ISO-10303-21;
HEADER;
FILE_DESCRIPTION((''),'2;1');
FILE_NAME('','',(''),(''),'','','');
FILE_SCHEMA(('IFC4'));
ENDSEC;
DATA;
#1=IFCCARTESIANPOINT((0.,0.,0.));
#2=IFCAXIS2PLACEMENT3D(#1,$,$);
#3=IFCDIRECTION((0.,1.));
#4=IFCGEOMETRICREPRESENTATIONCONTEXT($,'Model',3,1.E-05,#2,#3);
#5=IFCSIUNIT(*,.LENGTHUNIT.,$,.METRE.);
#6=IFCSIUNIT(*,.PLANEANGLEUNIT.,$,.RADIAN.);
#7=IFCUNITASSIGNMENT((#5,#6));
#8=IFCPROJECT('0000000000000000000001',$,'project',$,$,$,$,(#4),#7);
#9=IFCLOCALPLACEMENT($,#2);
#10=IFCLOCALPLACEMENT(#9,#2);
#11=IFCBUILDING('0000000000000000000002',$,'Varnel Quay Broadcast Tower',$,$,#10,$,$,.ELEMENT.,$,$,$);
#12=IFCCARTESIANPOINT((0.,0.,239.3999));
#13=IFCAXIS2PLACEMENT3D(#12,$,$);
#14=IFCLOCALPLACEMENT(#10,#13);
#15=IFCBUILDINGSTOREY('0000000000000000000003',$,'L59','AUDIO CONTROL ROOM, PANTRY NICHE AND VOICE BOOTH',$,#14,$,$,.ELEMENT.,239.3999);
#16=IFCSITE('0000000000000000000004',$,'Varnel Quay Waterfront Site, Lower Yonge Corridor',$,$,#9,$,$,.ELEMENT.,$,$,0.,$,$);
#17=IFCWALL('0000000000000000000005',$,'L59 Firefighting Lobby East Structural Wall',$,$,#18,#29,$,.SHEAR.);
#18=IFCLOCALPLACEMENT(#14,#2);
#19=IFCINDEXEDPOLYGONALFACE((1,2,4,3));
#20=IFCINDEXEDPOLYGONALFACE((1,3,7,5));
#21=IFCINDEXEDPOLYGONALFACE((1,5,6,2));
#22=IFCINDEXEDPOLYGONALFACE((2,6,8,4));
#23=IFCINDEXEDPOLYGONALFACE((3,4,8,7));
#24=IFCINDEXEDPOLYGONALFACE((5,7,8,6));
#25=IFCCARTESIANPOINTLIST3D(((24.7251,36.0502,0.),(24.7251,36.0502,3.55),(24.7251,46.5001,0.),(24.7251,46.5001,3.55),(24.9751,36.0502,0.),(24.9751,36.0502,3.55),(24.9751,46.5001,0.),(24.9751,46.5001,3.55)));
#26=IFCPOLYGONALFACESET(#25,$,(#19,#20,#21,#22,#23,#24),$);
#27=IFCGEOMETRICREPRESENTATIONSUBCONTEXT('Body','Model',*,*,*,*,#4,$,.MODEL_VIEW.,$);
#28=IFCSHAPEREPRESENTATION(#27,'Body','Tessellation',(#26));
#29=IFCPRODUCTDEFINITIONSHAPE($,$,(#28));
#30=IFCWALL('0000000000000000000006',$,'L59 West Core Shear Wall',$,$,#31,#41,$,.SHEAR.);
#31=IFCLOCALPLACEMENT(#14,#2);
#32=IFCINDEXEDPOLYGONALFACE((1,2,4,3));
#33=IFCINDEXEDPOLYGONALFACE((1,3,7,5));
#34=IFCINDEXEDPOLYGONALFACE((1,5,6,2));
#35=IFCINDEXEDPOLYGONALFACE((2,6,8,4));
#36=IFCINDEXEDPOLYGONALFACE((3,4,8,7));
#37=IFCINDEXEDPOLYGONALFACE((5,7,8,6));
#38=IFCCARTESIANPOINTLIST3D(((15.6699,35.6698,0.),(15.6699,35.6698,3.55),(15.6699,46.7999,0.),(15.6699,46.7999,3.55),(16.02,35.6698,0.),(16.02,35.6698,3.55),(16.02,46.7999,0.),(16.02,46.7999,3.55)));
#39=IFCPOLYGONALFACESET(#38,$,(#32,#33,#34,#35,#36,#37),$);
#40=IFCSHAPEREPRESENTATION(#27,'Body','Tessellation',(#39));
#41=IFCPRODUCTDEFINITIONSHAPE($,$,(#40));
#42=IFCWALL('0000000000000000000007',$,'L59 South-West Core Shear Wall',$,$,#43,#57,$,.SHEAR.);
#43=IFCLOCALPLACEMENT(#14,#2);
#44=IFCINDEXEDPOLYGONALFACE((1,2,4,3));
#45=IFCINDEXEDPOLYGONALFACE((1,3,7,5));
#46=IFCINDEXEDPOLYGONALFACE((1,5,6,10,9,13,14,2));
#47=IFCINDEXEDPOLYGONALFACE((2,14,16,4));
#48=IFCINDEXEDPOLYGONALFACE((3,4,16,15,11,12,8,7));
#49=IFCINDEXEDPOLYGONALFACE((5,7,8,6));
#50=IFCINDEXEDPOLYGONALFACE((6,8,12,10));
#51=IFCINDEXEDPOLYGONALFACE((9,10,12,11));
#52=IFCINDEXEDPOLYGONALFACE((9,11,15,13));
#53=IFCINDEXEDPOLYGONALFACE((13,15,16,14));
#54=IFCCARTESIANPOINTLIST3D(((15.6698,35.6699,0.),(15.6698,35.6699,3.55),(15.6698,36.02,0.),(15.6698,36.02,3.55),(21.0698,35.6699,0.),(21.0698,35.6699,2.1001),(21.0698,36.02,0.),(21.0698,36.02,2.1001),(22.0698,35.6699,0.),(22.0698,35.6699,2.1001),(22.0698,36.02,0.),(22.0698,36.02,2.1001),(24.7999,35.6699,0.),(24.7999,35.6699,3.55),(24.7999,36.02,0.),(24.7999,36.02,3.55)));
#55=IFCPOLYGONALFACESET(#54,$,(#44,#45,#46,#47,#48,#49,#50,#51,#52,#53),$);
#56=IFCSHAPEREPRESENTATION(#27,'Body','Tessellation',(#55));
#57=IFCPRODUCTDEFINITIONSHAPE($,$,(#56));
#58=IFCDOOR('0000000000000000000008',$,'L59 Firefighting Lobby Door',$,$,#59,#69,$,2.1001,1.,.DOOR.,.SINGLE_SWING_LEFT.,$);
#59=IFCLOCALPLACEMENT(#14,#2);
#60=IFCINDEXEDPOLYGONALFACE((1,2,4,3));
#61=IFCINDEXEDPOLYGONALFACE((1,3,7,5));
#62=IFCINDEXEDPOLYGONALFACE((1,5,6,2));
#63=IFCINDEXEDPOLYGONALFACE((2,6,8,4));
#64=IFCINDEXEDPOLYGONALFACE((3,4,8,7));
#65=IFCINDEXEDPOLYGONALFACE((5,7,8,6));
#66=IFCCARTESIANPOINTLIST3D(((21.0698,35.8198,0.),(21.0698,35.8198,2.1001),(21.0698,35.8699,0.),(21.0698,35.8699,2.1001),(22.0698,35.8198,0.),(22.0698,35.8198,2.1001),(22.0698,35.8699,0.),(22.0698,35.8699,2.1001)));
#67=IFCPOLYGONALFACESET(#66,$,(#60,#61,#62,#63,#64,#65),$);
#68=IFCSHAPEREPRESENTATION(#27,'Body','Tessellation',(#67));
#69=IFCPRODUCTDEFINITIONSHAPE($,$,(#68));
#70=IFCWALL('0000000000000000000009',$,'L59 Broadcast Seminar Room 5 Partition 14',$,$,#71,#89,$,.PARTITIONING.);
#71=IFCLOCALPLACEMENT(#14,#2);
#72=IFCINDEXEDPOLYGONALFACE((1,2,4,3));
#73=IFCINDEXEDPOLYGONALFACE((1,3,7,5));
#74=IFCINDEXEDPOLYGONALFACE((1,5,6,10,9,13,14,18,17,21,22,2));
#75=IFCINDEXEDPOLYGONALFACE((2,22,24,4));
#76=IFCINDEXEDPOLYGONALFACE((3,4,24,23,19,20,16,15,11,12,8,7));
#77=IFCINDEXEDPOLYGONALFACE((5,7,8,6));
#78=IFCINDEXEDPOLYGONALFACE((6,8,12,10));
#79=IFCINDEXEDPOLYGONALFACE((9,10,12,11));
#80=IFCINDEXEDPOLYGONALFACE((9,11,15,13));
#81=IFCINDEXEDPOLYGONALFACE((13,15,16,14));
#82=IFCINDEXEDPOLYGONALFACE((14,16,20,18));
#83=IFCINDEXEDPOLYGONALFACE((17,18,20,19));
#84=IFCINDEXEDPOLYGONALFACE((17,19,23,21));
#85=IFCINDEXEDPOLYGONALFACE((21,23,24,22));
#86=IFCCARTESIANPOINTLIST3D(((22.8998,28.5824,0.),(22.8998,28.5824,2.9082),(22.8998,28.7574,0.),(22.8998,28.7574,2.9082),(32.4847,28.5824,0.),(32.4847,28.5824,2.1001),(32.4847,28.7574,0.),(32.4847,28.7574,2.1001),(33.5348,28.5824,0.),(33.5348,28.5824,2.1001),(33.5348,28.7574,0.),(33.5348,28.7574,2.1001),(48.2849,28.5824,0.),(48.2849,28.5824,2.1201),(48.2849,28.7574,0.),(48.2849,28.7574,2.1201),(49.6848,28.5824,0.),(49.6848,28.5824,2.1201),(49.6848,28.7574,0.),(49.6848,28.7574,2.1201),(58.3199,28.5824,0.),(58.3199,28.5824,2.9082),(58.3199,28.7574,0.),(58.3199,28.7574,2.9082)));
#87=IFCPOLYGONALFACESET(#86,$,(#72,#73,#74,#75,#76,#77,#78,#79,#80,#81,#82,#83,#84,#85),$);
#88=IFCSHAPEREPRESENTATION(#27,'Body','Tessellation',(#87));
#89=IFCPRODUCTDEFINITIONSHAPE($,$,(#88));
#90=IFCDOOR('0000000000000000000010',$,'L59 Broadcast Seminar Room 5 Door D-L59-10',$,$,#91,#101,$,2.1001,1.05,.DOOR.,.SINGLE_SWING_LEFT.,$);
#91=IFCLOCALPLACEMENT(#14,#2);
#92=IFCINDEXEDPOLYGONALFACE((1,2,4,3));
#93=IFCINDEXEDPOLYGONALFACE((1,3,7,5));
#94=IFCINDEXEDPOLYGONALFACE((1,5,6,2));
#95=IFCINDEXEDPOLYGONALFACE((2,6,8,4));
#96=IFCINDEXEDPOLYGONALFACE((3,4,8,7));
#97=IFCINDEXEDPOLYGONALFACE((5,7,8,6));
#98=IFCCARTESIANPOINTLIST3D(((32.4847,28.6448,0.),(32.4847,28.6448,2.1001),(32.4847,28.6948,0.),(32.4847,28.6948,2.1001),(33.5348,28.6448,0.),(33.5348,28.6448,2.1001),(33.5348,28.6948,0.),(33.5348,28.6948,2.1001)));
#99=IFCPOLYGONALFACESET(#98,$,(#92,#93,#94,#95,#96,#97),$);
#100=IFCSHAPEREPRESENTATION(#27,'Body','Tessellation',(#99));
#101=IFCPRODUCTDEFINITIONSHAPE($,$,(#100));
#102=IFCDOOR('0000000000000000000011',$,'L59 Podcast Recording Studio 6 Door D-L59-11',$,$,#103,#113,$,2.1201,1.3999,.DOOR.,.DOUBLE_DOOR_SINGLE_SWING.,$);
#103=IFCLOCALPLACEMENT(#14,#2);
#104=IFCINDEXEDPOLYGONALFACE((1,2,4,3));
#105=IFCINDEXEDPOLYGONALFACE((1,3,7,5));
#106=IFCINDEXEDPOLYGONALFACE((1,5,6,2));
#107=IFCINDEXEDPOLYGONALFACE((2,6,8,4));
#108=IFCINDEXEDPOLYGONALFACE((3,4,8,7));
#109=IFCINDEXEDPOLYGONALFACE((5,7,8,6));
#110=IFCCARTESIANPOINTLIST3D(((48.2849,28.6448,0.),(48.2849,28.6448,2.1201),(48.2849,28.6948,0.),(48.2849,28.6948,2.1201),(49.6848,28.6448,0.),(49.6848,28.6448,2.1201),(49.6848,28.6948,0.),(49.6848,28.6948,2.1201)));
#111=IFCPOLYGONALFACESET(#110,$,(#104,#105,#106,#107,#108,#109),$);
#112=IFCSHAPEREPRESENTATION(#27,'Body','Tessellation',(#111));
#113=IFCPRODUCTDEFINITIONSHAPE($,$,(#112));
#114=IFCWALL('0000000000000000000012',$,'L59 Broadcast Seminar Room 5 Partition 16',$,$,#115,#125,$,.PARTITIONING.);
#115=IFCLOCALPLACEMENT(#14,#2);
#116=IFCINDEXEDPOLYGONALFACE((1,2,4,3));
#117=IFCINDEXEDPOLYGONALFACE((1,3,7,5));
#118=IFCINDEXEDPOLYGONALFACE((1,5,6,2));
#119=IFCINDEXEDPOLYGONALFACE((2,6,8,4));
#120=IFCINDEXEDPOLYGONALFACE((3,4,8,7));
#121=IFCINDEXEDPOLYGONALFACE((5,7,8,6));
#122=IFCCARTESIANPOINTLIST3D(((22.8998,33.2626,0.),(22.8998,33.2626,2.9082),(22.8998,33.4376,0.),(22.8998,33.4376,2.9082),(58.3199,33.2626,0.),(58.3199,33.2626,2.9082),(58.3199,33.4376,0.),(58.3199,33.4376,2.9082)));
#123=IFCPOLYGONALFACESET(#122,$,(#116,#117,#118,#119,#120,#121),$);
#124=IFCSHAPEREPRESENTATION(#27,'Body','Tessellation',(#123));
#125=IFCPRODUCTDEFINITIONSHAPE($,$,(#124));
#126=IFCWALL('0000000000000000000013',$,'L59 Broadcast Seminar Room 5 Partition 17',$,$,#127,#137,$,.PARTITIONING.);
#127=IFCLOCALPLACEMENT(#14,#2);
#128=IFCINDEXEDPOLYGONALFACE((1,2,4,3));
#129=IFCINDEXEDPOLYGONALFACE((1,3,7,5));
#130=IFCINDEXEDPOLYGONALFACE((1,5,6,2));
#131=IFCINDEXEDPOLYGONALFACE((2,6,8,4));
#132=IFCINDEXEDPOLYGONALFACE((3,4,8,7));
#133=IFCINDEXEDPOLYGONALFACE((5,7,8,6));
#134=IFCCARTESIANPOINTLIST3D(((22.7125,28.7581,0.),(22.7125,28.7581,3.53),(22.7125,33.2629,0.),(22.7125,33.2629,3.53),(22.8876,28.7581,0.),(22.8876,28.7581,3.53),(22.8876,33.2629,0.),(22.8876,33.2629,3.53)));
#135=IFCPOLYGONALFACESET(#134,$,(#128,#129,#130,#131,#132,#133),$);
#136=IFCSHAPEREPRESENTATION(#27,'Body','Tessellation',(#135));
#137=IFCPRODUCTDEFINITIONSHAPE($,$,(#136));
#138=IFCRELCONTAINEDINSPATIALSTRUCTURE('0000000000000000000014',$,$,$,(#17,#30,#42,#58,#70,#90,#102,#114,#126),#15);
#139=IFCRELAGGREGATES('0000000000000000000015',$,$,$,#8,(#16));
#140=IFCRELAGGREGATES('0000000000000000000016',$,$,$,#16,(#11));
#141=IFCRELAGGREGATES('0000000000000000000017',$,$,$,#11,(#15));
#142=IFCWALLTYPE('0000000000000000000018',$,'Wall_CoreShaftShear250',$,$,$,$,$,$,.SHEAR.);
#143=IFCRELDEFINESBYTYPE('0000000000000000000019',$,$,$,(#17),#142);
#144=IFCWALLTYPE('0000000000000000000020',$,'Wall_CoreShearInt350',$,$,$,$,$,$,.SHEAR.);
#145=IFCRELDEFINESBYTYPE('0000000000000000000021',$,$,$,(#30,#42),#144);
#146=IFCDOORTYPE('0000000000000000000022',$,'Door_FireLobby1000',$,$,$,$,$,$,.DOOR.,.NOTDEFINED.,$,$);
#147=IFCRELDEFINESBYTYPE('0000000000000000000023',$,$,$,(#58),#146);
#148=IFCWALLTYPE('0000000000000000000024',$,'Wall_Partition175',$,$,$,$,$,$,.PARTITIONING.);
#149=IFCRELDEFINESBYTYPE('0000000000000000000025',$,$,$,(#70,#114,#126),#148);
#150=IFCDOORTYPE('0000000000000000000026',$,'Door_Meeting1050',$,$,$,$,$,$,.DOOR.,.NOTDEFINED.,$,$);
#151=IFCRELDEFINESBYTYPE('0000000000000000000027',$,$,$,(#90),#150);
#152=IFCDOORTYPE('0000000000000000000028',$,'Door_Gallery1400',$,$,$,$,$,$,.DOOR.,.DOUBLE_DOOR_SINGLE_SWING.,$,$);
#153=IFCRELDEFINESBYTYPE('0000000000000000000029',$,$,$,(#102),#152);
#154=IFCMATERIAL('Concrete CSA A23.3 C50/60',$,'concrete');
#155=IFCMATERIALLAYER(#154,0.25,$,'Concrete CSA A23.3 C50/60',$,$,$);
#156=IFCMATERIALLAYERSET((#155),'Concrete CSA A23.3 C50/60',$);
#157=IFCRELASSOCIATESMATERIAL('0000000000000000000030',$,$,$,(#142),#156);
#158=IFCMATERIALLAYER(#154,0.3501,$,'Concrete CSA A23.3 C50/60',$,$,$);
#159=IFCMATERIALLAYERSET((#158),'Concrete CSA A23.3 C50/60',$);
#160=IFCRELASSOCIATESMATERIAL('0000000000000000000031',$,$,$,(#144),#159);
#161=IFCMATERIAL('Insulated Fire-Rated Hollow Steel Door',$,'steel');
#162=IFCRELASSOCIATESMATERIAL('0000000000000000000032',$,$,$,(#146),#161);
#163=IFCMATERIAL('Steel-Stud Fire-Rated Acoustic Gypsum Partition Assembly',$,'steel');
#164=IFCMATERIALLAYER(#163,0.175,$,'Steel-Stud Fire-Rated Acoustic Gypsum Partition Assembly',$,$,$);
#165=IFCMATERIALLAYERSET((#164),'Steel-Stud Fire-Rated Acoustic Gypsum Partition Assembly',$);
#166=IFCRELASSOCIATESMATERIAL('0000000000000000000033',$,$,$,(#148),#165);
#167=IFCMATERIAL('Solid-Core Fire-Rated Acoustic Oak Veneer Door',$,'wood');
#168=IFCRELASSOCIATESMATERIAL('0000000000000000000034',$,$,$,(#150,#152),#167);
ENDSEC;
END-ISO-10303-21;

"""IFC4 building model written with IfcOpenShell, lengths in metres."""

from ifc_helpers import new_model, si_unit, direction, frame, frame_2d, origin, place, context, subcontext, project, spatial, rectangle, extrude, source, transform, mapped, material, layer, layer_set, type_object, type_shapes, element, fill, save


model = new_model("IFC4")

# Units and contexts
model_context = context("Model", 3, precision=1e-05, world=origin(), true_north=direction((0.0, 1.0)))
body_context = subcontext(model_context, "Body", "Model", "MODEL_VIEW")
ifc_project = project(units=[si_unit("LENGTHUNIT", "METRE"), si_unit("PLANEANGLEUNIT", "RADIAN")], contexts=[model_context])

# Site, building, storey
site_placement = place(None, origin())
site = spatial("IfcSite", under=ifc_project, at=site_placement, Name="Varnel Quay Waterfront Site, Lower Yonge Corridor", CompositionType="ELEMENT", RefElevation=0.0)
building_placement = place(site_placement, origin())
building = spatial("IfcBuilding", under=site, at=building_placement, Name="Varnel Quay Broadcast Tower", CompositionType="ELEMENT")
storey_placement = place(building_placement, frame((0.0, 0.0, 239.3999)))
storey = spatial("IfcBuildingStorey", under=building, at=storey_placement, Name="L59", Description="AUDIO CONTROL ROOM, PANTRY NICHE AND VOICE BOOTH", CompositionType="ELEMENT", Elevation=239.3999)

# Shared definitions
ifc_material_1 = material(Name="Concrete CSA A23.3 C50/60", Category="concrete")

# Shared definitions
ifc_material_2 = material(Name="Insulated Fire-Rated Hollow Steel Door", Category="steel")

# Walls
ifc_layer_1 = layer(ifc_material_1, 0.25, Name="Concrete CSA A23.3 C50/60")
ifc_layer_set_1 = layer_set([ifc_layer_1], Name="Concrete CSA A23.3 C50/60")
wall_type_1 = type_object("IfcWallType", Name="Wall_CoreShaftShear250", PredefinedType="SHEAR", material=ifc_layer_set_1)
wall_1_placement = place(storey_placement, frame((24.8501, 36.05, 0.0), z_axis=(0.0, 0.0, 1.0), x_axis=(0.0, 1.0, 0.0)))
element("IfcWall", 1, at=wall_1_placement, inside=storey, type_object=wall_type_1, Name="L59 Firefighting Lobby East Structural Wall", PredefinedType="SHEAR", context=body_context, shape_type="SweptSolid", body=[
    extrude(rectangle(XDim=10.45, YDim=0.25, at=frame_2d((5.2251, 0.0))), origin(), (0.0, 0.0, 1.0), 3.55),
])
ifc_layer_2 = layer(ifc_material_1, 0.3501, Name="Concrete CSA A23.3 C50/60")
ifc_layer_set_2 = layer_set([ifc_layer_2], Name="Concrete CSA A23.3 C50/60")
wall_type_2 = type_object("IfcWallType", Name="Wall_CoreShearInt350", PredefinedType="SHEAR", material=ifc_layer_set_2)
wall_2_placement = place(storey_placement, frame((15.845, 35.6699, 0.0), z_axis=(0.0, 0.0, 1.0), x_axis=(0.0, 1.0, 0.0)))
element("IfcWall", 2, at=wall_2_placement, inside=storey, type_object=wall_type_2, Name="L59 West Core Shear Wall", PredefinedType="SHEAR", context=body_context, shape_type="SweptSolid", body=[
    extrude(rectangle(XDim=11.1301, YDim=0.3501, at=frame_2d((5.5649, 0.0))), origin(), (0.0, 0.0, 1.0), 3.55),
])

# Wall, opening, door
wall_3_placement = place(storey_placement, frame((15.6699, 35.845, 0.0), z_axis=(0.0, 0.0, 1.0), x_axis=(1.0, 0.0, 0.0)))
wall_3 = element("IfcWall", 3, at=wall_3_placement, inside=storey, type_object=wall_type_2, Name="L59 South-West Core Shear Wall", PredefinedType="SHEAR", context=body_context, shape_type="SweptSolid", body=[
    extrude(rectangle(XDim=9.1301, YDim=0.3501, at=frame_2d((4.5649, 0.0))), origin(), (0.0, 0.0, 1.0), 3.55),
])
opening_1_placement = place(wall_3_placement, frame((5.3999, 0.0, 0.0)))
opening_1 = element("IfcOpeningElement", 4, at=opening_1_placement, cuts=wall_3, PredefinedType="OPENING", context=body_context, shape_type="SweptSolid", body=[
    extrude(rectangle(XDim=1.0, YDim=2.1001, at=frame_2d((0.5, 1.05))), frame((0.0, 0.1851, 0.0), z_axis=(0.0, -1.0, 0.0), x_axis=(1.0, 0.0, 0.0)), (0.0, 0.0, 1.0), 0.3701),
])
door_type_1 = type_object("IfcDoorType", Name="Door_FireLobby1000", OperationType="NOTDEFINED", PredefinedType="DOOR", material=ifc_material_2)
shared_shape_1 = source(origin(), body_context, "Body", "SweptSolid", [
    extrude(rectangle(XDim=1.0, YDim=2.1001, at=frame_2d((0.5, 1.05))), frame((0.0, 0.0249, 0.0), z_axis=(0.0, -1.0, 0.0), x_axis=(1.0, 0.0, 0.0)), (0.0, 0.0, 1.0), 0.05),
])
type_shapes(door_type_1, [shared_shape_1])
door_1_placement = place(opening_1_placement, origin())
door_1 = element("IfcDoor", 5, at=door_1_placement, inside=storey, type_object=door_type_1, Name="L59 Firefighting Lobby Door", OperationType="SINGLE_SWING_LEFT", OverallHeight=2.1001, OverallWidth=1.0, PredefinedType="DOOR", context=body_context, shape_type="MappedRepresentation", body=[
    mapped(shared_shape_1, transform((0.0, 0.0, 0.0), x_axis=(1.0, 0.0, 0.0), y_axis=(0.0, 1.0, 0.0), z_axis=(0.0, 0.0, 1.0), scale=1.0)),
])
fill(opening_1, door_1)

# Wall, openings, doors
ifc_material_3 = material(Name="Steel-Stud Fire-Rated Acoustic Gypsum Partition Assembly", Category="steel")
ifc_layer_3 = layer(ifc_material_3, 0.175, Name="Steel-Stud Fire-Rated Acoustic Gypsum Partition Assembly")
ifc_layer_set_3 = layer_set([ifc_layer_3], Name="Steel-Stud Fire-Rated Acoustic Gypsum Partition Assembly")
wall_type_3 = type_object("IfcWallType", Name="Wall_Partition175", PredefinedType="PARTITIONING", material=ifc_layer_set_3)
wall_4_placement = place(storey_placement, frame((22.8999, 28.6699, 0.0), z_axis=(0.0, 0.0, 1.0), x_axis=(1.0, 0.0, 0.0)))
wall_4 = element("IfcWall", 6, at=wall_4_placement, inside=storey, type_object=wall_type_3, Name="L59 Broadcast Seminar Room 5 Partition 14", PredefinedType="PARTITIONING", context=body_context, shape_type="SweptSolid", body=[
    extrude(rectangle(XDim=35.4202, YDim=0.175, at=frame_2d((17.71, 0.0))), origin(), (0.0, 0.0, 1.0), 2.9082),
])
opening_2_placement = place(wall_4_placement, frame((9.585, 0.0, 0.0)))
opening_2 = element("IfcOpeningElement", 7, at=opening_2_placement, cuts=wall_4, PredefinedType="OPENING", context=body_context, shape_type="SweptSolid", body=[
    extrude(rectangle(XDim=1.05, YDim=2.1001, at=frame_2d((0.5249, 1.05))), frame((0.0, 0.0977, 0.0), z_axis=(0.0, -1.0, 0.0), x_axis=(1.0, 0.0, 0.0)), (0.0, 0.0, 1.0), 0.1951),
])
opening_3_placement = place(wall_4_placement, frame((25.385, 0.0, 0.0)))
opening_3 = element("IfcOpeningElement", 8, at=opening_3_placement, cuts=wall_4, PredefinedType="OPENING", context=body_context, shape_type="SweptSolid", body=[
    extrude(rectangle(XDim=1.3999, YDim=2.1201, at=frame_2d((0.7, 1.0601))), frame((0.0, 0.0977, 0.0), z_axis=(0.0, -1.0, 0.0), x_axis=(1.0, 0.0, 0.0)), (0.0, 0.0, 1.0), 0.1951),
])
ifc_material_4 = material(Name="Solid-Core Fire-Rated Acoustic Oak Veneer Door", Category="wood")
door_type_2 = type_object("IfcDoorType", Name="Door_Meeting1050", OperationType="NOTDEFINED", PredefinedType="DOOR", material=ifc_material_4)
shared_shape_2 = source(origin(), body_context, "Body", "SweptSolid", [
    extrude(rectangle(XDim=1.05, YDim=2.1001, at=frame_2d((0.5249, 1.05))), frame((0.0, 0.0249, 0.0), z_axis=(0.0, -1.0, 0.0), x_axis=(1.0, 0.0, 0.0)), (0.0, 0.0, 1.0), 0.05),
])
type_shapes(door_type_2, [shared_shape_2])
door_2_placement = place(opening_2_placement, origin())
door_2 = element("IfcDoor", 9, at=door_2_placement, inside=storey, type_object=door_type_2, Name="L59 Broadcast Seminar Room 5 Door D-L59-10", OperationType="SINGLE_SWING_LEFT", OverallHeight=2.1001, OverallWidth=1.05, PredefinedType="DOOR", context=body_context, shape_type="MappedRepresentation", body=[
    mapped(shared_shape_2, transform((0.0, 0.0, 0.0), x_axis=(1.0, 0.0, 0.0), y_axis=(0.0, 1.0, 0.0), z_axis=(0.0, 0.0, 1.0), scale=1.0)),
])
fill(opening_2, door_2)
door_type_3 = type_object("IfcDoorType", Name="Door_Gallery1400", OperationType="DOUBLE_DOOR_SINGLE_SWING", PredefinedType="DOOR", material=ifc_material_4)
shared_shape_3 = source(origin(), body_context, "Body", "SweptSolid", [
    extrude(rectangle(XDim=1.3999, YDim=2.1201, at=frame_2d((0.7, 1.0601))), frame((0.0, 0.0249, 0.0), z_axis=(0.0, -1.0, 0.0), x_axis=(1.0, 0.0, 0.0)), (0.0, 0.0, 1.0), 0.05),
])
type_shapes(door_type_3, [shared_shape_3])
door_3_placement = place(opening_3_placement, origin())
door_3 = element("IfcDoor", 10, at=door_3_placement, inside=storey, type_object=door_type_3, Name="L59 Podcast Recording Studio 6 Door D-L59-11", OperationType="DOUBLE_DOOR_SINGLE_SWING", OverallHeight=2.1201, OverallWidth=1.3999, PredefinedType="DOOR", context=body_context, shape_type="MappedRepresentation", body=[
    mapped(shared_shape_3, transform((0.0, 0.0, 0.0), x_axis=(1.0, 0.0, 0.0), y_axis=(0.0, 1.0, 0.0), z_axis=(0.0, 0.0, 1.0), scale=1.0)),
])
fill(opening_3, door_3)

# Walls
wall_5_placement = place(storey_placement, frame((22.8999, 33.3501, 0.0), z_axis=(0.0, 0.0, 1.0), x_axis=(1.0, 0.0, 0.0)))
element("IfcWall", 11, at=wall_5_placement, inside=storey, type_object=wall_type_3, Name="L59 Broadcast Seminar Room 5 Partition 16", PredefinedType="PARTITIONING", context=body_context, shape_type="SweptSolid", body=[
    extrude(rectangle(XDim=35.4202, YDim=0.175, at=frame_2d((17.71, 0.0))), origin(), (0.0, 0.0, 1.0), 2.9082),
])
wall_6_placement = place(storey_placement, frame((22.8, 28.7581, 0.0), z_axis=(0.0, 0.0, 1.0), x_axis=(0.0, 1.0, 0.0)))
element("IfcWall", 12, at=wall_6_placement, inside=storey, type_object=wall_type_3, Name="L59 Broadcast Seminar Room 5 Partition 17", PredefinedType="PARTITIONING", context=body_context, shape_type="SweptSolid", body=[
    extrude(rectangle(XDim=4.5049, YDim=0.175, at=frame_2d((2.2524, 0.0))), origin(), (0.0, 0.0, 1.0), 3.53),
])

save(model, "model.ifc")
